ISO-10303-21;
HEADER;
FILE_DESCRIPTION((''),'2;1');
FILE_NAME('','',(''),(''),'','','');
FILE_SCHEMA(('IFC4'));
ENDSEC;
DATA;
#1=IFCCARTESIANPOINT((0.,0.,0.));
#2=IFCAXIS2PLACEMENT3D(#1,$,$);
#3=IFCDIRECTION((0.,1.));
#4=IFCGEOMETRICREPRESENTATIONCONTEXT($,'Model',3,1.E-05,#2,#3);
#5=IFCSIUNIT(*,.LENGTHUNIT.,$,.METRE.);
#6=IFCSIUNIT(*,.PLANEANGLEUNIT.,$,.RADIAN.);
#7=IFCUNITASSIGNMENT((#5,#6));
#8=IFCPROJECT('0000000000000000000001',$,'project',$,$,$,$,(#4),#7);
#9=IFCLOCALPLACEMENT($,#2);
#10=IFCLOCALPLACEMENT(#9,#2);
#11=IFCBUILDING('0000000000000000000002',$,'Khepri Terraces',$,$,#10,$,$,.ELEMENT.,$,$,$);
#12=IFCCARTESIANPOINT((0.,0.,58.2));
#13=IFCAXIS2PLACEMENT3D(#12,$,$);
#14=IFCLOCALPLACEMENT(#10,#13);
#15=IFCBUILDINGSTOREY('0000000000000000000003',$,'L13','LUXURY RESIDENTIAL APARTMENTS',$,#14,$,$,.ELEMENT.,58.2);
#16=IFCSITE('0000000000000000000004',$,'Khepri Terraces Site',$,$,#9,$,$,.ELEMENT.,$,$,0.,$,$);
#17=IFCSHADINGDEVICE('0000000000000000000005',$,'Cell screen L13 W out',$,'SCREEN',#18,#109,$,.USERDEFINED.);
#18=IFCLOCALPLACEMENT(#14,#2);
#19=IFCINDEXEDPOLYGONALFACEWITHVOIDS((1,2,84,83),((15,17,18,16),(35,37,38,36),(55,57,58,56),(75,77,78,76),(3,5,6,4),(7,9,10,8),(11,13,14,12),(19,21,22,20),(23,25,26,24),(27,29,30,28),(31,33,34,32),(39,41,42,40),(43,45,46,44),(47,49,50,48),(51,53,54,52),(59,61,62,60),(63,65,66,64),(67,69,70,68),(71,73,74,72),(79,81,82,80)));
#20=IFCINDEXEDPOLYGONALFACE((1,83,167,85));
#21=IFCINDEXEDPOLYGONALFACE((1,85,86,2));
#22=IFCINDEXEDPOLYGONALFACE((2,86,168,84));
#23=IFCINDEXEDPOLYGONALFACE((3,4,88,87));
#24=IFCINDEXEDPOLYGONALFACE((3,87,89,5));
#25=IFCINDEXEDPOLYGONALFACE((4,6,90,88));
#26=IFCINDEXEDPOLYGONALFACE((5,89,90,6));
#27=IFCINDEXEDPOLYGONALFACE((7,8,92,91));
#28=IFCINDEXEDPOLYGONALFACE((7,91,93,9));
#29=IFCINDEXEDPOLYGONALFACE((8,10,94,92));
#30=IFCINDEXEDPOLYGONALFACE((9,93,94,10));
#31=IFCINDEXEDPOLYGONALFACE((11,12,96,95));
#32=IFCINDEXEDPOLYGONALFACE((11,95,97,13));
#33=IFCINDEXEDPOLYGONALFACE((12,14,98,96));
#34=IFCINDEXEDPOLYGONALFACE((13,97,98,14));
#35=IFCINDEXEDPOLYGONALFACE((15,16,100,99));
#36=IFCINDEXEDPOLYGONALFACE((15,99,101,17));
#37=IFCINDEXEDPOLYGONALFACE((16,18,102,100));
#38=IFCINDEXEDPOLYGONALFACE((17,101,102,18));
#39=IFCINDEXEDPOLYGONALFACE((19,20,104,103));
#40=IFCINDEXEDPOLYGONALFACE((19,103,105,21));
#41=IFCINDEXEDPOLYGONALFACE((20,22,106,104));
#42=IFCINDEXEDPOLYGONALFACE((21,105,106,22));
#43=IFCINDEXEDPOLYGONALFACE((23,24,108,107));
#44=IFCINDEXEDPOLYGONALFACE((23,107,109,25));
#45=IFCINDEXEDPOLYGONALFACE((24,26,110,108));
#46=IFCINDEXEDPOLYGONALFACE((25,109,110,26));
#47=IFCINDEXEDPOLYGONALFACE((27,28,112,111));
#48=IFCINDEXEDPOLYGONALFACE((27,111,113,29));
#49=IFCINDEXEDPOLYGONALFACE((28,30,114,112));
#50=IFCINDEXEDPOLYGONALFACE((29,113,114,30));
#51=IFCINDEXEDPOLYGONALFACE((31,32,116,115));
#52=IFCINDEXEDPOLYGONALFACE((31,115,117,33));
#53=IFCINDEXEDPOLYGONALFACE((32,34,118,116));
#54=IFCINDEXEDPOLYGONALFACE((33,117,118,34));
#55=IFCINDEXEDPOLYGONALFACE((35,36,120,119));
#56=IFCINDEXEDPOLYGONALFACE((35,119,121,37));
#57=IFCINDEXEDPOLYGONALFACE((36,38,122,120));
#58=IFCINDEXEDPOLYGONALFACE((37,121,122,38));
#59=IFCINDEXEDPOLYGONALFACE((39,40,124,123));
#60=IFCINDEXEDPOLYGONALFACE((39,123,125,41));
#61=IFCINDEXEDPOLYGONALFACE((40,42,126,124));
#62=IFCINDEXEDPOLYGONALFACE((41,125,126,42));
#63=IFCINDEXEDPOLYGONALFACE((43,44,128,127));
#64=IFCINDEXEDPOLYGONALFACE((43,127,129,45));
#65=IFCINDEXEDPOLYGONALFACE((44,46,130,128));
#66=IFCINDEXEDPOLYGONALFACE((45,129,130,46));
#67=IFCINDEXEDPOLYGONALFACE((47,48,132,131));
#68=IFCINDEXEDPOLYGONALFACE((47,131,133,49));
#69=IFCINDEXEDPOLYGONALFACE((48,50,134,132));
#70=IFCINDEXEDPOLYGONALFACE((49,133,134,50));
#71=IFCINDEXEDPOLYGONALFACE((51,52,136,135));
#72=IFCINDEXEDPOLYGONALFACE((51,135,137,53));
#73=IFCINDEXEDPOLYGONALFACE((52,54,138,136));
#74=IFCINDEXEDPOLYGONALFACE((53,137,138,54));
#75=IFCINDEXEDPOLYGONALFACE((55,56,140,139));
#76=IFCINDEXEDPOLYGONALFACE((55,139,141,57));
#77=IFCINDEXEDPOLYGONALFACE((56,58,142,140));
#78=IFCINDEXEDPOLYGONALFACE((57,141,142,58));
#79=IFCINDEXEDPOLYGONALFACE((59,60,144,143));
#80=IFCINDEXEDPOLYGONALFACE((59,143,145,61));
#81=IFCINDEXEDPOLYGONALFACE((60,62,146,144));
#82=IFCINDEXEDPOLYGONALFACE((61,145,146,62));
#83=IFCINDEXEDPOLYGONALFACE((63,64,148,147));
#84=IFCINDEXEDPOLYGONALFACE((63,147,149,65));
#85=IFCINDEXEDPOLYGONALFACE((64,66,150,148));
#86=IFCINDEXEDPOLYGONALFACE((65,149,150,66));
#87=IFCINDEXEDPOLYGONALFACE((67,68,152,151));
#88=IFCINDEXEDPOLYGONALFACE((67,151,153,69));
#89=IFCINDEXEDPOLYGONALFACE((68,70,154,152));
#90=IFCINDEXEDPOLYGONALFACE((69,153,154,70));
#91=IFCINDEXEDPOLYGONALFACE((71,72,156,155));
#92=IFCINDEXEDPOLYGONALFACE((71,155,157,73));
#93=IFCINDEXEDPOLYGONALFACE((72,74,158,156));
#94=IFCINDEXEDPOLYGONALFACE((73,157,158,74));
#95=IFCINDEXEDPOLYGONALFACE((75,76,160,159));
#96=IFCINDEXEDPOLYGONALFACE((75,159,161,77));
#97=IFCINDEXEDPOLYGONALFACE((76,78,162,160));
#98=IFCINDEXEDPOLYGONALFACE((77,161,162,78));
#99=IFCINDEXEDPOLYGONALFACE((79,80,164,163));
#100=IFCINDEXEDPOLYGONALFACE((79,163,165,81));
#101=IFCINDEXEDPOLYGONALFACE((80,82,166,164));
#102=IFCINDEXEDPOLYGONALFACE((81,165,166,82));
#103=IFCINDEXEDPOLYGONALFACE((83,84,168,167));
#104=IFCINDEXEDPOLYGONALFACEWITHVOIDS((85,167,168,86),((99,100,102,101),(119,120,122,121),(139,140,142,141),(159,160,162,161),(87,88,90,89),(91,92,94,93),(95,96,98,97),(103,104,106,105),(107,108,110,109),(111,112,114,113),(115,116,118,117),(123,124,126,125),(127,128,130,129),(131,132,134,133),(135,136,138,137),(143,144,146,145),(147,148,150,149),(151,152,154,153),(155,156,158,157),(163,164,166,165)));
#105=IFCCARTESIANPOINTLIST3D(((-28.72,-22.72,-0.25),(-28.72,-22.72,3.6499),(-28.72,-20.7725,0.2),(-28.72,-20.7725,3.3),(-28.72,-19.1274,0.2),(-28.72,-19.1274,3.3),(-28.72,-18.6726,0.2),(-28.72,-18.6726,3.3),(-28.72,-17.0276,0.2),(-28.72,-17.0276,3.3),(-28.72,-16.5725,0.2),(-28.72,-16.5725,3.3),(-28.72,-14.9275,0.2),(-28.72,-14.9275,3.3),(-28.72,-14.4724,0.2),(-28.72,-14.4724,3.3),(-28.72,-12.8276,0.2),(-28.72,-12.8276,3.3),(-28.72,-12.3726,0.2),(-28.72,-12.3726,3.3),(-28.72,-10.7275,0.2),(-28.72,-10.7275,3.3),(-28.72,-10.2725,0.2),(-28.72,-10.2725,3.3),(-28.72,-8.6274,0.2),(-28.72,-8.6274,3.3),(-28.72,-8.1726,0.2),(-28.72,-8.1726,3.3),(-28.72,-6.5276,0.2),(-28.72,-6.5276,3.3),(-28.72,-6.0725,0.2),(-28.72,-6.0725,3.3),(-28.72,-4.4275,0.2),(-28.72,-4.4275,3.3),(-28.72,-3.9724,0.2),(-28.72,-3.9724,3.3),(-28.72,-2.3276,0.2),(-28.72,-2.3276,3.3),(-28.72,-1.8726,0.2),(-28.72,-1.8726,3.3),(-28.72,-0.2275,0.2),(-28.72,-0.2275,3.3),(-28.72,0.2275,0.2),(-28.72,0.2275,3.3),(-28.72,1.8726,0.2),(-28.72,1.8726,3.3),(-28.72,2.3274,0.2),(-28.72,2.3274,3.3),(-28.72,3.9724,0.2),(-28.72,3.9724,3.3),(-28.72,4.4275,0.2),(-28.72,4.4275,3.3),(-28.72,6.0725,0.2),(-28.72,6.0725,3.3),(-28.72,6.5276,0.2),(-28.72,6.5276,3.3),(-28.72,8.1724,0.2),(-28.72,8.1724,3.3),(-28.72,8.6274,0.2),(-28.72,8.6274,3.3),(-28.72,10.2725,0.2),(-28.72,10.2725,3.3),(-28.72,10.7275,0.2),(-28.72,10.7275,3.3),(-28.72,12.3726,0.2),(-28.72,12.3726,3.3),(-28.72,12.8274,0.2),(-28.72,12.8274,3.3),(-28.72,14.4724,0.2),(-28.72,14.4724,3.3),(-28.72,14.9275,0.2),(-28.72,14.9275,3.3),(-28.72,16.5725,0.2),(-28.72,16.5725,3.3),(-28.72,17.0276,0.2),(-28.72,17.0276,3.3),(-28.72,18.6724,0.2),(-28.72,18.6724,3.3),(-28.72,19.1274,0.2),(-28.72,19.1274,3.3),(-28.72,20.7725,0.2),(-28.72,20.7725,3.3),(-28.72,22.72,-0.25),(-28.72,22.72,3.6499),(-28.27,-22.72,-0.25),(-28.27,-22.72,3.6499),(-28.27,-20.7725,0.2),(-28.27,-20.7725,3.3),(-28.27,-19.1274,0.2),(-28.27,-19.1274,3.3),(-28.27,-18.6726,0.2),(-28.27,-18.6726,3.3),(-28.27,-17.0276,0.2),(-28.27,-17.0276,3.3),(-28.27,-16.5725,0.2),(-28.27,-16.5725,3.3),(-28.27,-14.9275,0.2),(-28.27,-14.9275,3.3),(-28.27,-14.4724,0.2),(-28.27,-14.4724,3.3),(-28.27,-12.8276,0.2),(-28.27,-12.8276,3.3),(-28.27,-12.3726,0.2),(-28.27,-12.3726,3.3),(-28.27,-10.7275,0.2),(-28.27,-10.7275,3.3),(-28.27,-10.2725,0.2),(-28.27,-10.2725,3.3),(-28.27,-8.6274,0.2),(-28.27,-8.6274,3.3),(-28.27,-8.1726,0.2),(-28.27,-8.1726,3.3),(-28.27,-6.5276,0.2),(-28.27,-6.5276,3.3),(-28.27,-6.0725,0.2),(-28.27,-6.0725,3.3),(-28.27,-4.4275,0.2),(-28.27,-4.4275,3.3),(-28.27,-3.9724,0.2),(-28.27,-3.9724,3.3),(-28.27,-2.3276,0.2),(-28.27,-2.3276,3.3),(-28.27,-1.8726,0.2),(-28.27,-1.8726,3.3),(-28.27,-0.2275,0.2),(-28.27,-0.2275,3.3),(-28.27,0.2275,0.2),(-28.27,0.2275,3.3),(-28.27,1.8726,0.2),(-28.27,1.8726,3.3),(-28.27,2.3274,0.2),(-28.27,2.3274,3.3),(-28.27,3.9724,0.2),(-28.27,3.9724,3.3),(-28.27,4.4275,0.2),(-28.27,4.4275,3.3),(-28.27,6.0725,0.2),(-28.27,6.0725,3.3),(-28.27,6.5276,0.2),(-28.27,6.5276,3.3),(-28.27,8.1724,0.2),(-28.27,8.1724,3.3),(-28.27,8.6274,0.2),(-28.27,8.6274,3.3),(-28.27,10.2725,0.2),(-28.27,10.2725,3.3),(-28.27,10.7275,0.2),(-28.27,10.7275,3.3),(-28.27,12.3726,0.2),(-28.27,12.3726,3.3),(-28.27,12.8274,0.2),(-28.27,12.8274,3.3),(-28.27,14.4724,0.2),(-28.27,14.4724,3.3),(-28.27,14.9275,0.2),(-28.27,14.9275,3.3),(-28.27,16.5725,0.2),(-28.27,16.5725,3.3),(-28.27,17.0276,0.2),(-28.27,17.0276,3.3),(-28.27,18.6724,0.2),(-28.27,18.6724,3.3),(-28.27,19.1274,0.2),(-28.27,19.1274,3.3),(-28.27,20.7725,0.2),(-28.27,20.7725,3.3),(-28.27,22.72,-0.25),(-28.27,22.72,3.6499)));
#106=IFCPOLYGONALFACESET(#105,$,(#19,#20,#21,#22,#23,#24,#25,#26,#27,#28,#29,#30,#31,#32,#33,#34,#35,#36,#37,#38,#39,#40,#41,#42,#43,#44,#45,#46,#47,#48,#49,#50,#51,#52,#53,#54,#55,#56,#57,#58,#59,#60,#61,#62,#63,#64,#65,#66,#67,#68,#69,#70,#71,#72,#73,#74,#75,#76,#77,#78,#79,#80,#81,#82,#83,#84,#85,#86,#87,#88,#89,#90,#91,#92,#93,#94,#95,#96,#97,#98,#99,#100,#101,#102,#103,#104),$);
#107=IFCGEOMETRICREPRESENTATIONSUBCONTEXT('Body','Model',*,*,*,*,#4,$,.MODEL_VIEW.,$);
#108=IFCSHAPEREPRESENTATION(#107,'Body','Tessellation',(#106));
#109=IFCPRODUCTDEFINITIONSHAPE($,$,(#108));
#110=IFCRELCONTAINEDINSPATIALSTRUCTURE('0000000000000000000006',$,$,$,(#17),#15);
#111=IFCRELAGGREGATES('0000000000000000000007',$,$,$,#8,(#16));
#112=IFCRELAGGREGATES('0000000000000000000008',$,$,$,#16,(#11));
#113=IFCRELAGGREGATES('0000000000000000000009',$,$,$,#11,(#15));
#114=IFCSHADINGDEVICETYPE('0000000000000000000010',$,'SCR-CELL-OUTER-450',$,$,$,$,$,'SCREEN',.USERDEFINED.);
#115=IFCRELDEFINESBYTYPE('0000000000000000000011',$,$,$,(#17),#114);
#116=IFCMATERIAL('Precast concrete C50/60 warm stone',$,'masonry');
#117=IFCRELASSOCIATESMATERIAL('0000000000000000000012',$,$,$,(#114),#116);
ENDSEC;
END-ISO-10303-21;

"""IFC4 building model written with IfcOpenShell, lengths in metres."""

from ifc_helpers import new_model, si_unit, direction, frame, origin, place, context, subcontext, project, spatial, polyline, outline, extrude, material, type_object, element, save


model = new_model("IFC4")

# Units and contexts
model_context = context("Model", 3, precision=1e-05, world=origin(), true_north=direction((0.0, 1.0)))
body_context = subcontext(model_context, "Body", "Model", "MODEL_VIEW")
ifc_project = project(units=[si_unit("LENGTHUNIT", "METRE"), si_unit("PLANEANGLEUNIT", "RADIAN")], contexts=[model_context])

# Site, building, storey
site_placement = place(None, origin())
site = spatial("IfcSite", under=ifc_project, at=site_placement, Name="Khepri Terraces Site", CompositionType="ELEMENT", RefElevation=0.0)
building_placement = place(site_placement, origin())
building = spatial("IfcBuilding", under=site, at=building_placement, Name="Khepri Terraces", CompositionType="ELEMENT")
storey_placement = place(building_placement, frame((0.0, 0.0, 58.2)))
storey = spatial("IfcBuildingStorey", under=building, at=storey_placement, Name="L13", Description="LUXURY RESIDENTIAL APARTMENTS", CompositionType="ELEMENT", Elevation=58.2)

# Shared definitions
ifc_material_1 = material(Name="Precast concrete C50/60 warm stone", Category="masonry")

# Shading device
shading_device_type_1 = type_object("IfcShadingDeviceType", Name="SCR-CELL-OUTER-450", ElementType="SCREEN", PredefinedType="USERDEFINED", material=ifc_material_1)
shading_device_1_placement = place(storey_placement, frame((-28.27, 22.72, -0.25), z_axis=(-1.0, 0.0, 0.0), x_axis=(0.0, -1.0, 0.0)))
element("IfcShadingDevice", 1, at=shading_device_1_placement, inside=storey, type_object=shading_device_type_1, Name="Cell screen L13 W out", ObjectType="SCREEN", PredefinedType="USERDEFINED", context=body_context, shape_type="SweptSolid", body=[
    extrude(outline(polyline([(0.0, 0.0), (45.4399, 0.0), (45.4399, 3.8999), (0.0, 3.8999), (0.0, 0.0)]), holes=[polyline([(1.9475, 0.45), (3.5925, 0.45), (3.5925, 3.55), (1.9475, 3.55), (1.9475, 0.45)]), polyline([(4.0476, 0.45), (5.6924, 0.45), (5.6924, 3.55), (4.0476, 3.55), (4.0476, 0.45)]), polyline([(6.1475, 0.45), (7.7925, 0.45), (7.7925, 3.55), (6.1475, 3.55), (6.1475, 0.45)]), polyline([(8.2476, 0.45), (9.8926, 0.45), (9.8926, 3.55), (8.2476, 3.55), (8.2476, 0.45)]), polyline([(10.3474, 0.45), (11.9924, 0.45), (11.9924, 3.55), (10.3474, 3.55), (10.3474, 0.45)]), polyline([(12.4475, 0.45), (14.0925, 0.45), (14.0925, 3.55), (12.4475, 3.55), (12.4475, 0.45)]), polyline([(14.5476, 0.45), (16.1924, 0.45), (16.1924, 3.55), (14.5476, 3.55), (14.5476, 0.45)]), polyline([(16.6475, 0.45), (18.2925, 0.45), (18.2925, 3.55), (16.6475, 3.55), (16.6475, 0.45)]), polyline([(18.7476, 0.45), (20.3926, 0.45), (20.3926, 3.55), (18.7476, 3.55), (18.7476, 0.45)]), polyline([(20.8474, 0.45), (22.4924, 0.45), (22.4924, 3.55), (20.8474, 3.55), (20.8474, 0.45)]), polyline([(22.9475, 0.45), (24.5925, 0.45), (24.5925, 3.55), (22.9475, 3.55), (22.9475, 0.45)]), polyline([(25.0476, 0.45), (26.6924, 0.45), (26.6924, 3.55), (25.0476, 3.55), (25.0476, 0.45)]), polyline([(27.1475, 0.45), (28.7925, 0.45), (28.7925, 3.55), (27.1475, 3.55), (27.1475, 0.45)]), polyline([(29.2476, 0.45), (30.8926, 0.45), (30.8926, 3.55), (29.2476, 3.55), (29.2476, 0.45)]), polyline([(31.3474, 0.45), (32.9924, 0.45), (32.9924, 3.55), (31.3474, 3.55), (31.3474, 0.45)]), polyline([(33.4475, 0.45), (35.0925, 0.45), (35.0925, 3.55), (33.4475, 3.55), (33.4475, 0.45)]), polyline([(35.5476, 0.45), (37.1924, 0.45), (37.1924, 3.55), (35.5476, 3.55), (35.5476, 0.45)]), polyline([(37.6475, 0.45), (39.2925, 0.45), (39.2925, 3.55), (37.6475, 3.55), (37.6475, 0.45)]), polyline([(39.7476, 0.45), (41.3926, 0.45), (41.3926, 3.55), (39.7476, 3.55), (39.7476, 0.45)]), polyline([(41.8474, 0.45), (43.4924, 0.45), (43.4924, 3.55), (41.8474, 3.55), (41.8474, 0.45)])]), origin(), (0.0, 0.0, 1.0), 0.45),
])

save(model, "model.ifc")
